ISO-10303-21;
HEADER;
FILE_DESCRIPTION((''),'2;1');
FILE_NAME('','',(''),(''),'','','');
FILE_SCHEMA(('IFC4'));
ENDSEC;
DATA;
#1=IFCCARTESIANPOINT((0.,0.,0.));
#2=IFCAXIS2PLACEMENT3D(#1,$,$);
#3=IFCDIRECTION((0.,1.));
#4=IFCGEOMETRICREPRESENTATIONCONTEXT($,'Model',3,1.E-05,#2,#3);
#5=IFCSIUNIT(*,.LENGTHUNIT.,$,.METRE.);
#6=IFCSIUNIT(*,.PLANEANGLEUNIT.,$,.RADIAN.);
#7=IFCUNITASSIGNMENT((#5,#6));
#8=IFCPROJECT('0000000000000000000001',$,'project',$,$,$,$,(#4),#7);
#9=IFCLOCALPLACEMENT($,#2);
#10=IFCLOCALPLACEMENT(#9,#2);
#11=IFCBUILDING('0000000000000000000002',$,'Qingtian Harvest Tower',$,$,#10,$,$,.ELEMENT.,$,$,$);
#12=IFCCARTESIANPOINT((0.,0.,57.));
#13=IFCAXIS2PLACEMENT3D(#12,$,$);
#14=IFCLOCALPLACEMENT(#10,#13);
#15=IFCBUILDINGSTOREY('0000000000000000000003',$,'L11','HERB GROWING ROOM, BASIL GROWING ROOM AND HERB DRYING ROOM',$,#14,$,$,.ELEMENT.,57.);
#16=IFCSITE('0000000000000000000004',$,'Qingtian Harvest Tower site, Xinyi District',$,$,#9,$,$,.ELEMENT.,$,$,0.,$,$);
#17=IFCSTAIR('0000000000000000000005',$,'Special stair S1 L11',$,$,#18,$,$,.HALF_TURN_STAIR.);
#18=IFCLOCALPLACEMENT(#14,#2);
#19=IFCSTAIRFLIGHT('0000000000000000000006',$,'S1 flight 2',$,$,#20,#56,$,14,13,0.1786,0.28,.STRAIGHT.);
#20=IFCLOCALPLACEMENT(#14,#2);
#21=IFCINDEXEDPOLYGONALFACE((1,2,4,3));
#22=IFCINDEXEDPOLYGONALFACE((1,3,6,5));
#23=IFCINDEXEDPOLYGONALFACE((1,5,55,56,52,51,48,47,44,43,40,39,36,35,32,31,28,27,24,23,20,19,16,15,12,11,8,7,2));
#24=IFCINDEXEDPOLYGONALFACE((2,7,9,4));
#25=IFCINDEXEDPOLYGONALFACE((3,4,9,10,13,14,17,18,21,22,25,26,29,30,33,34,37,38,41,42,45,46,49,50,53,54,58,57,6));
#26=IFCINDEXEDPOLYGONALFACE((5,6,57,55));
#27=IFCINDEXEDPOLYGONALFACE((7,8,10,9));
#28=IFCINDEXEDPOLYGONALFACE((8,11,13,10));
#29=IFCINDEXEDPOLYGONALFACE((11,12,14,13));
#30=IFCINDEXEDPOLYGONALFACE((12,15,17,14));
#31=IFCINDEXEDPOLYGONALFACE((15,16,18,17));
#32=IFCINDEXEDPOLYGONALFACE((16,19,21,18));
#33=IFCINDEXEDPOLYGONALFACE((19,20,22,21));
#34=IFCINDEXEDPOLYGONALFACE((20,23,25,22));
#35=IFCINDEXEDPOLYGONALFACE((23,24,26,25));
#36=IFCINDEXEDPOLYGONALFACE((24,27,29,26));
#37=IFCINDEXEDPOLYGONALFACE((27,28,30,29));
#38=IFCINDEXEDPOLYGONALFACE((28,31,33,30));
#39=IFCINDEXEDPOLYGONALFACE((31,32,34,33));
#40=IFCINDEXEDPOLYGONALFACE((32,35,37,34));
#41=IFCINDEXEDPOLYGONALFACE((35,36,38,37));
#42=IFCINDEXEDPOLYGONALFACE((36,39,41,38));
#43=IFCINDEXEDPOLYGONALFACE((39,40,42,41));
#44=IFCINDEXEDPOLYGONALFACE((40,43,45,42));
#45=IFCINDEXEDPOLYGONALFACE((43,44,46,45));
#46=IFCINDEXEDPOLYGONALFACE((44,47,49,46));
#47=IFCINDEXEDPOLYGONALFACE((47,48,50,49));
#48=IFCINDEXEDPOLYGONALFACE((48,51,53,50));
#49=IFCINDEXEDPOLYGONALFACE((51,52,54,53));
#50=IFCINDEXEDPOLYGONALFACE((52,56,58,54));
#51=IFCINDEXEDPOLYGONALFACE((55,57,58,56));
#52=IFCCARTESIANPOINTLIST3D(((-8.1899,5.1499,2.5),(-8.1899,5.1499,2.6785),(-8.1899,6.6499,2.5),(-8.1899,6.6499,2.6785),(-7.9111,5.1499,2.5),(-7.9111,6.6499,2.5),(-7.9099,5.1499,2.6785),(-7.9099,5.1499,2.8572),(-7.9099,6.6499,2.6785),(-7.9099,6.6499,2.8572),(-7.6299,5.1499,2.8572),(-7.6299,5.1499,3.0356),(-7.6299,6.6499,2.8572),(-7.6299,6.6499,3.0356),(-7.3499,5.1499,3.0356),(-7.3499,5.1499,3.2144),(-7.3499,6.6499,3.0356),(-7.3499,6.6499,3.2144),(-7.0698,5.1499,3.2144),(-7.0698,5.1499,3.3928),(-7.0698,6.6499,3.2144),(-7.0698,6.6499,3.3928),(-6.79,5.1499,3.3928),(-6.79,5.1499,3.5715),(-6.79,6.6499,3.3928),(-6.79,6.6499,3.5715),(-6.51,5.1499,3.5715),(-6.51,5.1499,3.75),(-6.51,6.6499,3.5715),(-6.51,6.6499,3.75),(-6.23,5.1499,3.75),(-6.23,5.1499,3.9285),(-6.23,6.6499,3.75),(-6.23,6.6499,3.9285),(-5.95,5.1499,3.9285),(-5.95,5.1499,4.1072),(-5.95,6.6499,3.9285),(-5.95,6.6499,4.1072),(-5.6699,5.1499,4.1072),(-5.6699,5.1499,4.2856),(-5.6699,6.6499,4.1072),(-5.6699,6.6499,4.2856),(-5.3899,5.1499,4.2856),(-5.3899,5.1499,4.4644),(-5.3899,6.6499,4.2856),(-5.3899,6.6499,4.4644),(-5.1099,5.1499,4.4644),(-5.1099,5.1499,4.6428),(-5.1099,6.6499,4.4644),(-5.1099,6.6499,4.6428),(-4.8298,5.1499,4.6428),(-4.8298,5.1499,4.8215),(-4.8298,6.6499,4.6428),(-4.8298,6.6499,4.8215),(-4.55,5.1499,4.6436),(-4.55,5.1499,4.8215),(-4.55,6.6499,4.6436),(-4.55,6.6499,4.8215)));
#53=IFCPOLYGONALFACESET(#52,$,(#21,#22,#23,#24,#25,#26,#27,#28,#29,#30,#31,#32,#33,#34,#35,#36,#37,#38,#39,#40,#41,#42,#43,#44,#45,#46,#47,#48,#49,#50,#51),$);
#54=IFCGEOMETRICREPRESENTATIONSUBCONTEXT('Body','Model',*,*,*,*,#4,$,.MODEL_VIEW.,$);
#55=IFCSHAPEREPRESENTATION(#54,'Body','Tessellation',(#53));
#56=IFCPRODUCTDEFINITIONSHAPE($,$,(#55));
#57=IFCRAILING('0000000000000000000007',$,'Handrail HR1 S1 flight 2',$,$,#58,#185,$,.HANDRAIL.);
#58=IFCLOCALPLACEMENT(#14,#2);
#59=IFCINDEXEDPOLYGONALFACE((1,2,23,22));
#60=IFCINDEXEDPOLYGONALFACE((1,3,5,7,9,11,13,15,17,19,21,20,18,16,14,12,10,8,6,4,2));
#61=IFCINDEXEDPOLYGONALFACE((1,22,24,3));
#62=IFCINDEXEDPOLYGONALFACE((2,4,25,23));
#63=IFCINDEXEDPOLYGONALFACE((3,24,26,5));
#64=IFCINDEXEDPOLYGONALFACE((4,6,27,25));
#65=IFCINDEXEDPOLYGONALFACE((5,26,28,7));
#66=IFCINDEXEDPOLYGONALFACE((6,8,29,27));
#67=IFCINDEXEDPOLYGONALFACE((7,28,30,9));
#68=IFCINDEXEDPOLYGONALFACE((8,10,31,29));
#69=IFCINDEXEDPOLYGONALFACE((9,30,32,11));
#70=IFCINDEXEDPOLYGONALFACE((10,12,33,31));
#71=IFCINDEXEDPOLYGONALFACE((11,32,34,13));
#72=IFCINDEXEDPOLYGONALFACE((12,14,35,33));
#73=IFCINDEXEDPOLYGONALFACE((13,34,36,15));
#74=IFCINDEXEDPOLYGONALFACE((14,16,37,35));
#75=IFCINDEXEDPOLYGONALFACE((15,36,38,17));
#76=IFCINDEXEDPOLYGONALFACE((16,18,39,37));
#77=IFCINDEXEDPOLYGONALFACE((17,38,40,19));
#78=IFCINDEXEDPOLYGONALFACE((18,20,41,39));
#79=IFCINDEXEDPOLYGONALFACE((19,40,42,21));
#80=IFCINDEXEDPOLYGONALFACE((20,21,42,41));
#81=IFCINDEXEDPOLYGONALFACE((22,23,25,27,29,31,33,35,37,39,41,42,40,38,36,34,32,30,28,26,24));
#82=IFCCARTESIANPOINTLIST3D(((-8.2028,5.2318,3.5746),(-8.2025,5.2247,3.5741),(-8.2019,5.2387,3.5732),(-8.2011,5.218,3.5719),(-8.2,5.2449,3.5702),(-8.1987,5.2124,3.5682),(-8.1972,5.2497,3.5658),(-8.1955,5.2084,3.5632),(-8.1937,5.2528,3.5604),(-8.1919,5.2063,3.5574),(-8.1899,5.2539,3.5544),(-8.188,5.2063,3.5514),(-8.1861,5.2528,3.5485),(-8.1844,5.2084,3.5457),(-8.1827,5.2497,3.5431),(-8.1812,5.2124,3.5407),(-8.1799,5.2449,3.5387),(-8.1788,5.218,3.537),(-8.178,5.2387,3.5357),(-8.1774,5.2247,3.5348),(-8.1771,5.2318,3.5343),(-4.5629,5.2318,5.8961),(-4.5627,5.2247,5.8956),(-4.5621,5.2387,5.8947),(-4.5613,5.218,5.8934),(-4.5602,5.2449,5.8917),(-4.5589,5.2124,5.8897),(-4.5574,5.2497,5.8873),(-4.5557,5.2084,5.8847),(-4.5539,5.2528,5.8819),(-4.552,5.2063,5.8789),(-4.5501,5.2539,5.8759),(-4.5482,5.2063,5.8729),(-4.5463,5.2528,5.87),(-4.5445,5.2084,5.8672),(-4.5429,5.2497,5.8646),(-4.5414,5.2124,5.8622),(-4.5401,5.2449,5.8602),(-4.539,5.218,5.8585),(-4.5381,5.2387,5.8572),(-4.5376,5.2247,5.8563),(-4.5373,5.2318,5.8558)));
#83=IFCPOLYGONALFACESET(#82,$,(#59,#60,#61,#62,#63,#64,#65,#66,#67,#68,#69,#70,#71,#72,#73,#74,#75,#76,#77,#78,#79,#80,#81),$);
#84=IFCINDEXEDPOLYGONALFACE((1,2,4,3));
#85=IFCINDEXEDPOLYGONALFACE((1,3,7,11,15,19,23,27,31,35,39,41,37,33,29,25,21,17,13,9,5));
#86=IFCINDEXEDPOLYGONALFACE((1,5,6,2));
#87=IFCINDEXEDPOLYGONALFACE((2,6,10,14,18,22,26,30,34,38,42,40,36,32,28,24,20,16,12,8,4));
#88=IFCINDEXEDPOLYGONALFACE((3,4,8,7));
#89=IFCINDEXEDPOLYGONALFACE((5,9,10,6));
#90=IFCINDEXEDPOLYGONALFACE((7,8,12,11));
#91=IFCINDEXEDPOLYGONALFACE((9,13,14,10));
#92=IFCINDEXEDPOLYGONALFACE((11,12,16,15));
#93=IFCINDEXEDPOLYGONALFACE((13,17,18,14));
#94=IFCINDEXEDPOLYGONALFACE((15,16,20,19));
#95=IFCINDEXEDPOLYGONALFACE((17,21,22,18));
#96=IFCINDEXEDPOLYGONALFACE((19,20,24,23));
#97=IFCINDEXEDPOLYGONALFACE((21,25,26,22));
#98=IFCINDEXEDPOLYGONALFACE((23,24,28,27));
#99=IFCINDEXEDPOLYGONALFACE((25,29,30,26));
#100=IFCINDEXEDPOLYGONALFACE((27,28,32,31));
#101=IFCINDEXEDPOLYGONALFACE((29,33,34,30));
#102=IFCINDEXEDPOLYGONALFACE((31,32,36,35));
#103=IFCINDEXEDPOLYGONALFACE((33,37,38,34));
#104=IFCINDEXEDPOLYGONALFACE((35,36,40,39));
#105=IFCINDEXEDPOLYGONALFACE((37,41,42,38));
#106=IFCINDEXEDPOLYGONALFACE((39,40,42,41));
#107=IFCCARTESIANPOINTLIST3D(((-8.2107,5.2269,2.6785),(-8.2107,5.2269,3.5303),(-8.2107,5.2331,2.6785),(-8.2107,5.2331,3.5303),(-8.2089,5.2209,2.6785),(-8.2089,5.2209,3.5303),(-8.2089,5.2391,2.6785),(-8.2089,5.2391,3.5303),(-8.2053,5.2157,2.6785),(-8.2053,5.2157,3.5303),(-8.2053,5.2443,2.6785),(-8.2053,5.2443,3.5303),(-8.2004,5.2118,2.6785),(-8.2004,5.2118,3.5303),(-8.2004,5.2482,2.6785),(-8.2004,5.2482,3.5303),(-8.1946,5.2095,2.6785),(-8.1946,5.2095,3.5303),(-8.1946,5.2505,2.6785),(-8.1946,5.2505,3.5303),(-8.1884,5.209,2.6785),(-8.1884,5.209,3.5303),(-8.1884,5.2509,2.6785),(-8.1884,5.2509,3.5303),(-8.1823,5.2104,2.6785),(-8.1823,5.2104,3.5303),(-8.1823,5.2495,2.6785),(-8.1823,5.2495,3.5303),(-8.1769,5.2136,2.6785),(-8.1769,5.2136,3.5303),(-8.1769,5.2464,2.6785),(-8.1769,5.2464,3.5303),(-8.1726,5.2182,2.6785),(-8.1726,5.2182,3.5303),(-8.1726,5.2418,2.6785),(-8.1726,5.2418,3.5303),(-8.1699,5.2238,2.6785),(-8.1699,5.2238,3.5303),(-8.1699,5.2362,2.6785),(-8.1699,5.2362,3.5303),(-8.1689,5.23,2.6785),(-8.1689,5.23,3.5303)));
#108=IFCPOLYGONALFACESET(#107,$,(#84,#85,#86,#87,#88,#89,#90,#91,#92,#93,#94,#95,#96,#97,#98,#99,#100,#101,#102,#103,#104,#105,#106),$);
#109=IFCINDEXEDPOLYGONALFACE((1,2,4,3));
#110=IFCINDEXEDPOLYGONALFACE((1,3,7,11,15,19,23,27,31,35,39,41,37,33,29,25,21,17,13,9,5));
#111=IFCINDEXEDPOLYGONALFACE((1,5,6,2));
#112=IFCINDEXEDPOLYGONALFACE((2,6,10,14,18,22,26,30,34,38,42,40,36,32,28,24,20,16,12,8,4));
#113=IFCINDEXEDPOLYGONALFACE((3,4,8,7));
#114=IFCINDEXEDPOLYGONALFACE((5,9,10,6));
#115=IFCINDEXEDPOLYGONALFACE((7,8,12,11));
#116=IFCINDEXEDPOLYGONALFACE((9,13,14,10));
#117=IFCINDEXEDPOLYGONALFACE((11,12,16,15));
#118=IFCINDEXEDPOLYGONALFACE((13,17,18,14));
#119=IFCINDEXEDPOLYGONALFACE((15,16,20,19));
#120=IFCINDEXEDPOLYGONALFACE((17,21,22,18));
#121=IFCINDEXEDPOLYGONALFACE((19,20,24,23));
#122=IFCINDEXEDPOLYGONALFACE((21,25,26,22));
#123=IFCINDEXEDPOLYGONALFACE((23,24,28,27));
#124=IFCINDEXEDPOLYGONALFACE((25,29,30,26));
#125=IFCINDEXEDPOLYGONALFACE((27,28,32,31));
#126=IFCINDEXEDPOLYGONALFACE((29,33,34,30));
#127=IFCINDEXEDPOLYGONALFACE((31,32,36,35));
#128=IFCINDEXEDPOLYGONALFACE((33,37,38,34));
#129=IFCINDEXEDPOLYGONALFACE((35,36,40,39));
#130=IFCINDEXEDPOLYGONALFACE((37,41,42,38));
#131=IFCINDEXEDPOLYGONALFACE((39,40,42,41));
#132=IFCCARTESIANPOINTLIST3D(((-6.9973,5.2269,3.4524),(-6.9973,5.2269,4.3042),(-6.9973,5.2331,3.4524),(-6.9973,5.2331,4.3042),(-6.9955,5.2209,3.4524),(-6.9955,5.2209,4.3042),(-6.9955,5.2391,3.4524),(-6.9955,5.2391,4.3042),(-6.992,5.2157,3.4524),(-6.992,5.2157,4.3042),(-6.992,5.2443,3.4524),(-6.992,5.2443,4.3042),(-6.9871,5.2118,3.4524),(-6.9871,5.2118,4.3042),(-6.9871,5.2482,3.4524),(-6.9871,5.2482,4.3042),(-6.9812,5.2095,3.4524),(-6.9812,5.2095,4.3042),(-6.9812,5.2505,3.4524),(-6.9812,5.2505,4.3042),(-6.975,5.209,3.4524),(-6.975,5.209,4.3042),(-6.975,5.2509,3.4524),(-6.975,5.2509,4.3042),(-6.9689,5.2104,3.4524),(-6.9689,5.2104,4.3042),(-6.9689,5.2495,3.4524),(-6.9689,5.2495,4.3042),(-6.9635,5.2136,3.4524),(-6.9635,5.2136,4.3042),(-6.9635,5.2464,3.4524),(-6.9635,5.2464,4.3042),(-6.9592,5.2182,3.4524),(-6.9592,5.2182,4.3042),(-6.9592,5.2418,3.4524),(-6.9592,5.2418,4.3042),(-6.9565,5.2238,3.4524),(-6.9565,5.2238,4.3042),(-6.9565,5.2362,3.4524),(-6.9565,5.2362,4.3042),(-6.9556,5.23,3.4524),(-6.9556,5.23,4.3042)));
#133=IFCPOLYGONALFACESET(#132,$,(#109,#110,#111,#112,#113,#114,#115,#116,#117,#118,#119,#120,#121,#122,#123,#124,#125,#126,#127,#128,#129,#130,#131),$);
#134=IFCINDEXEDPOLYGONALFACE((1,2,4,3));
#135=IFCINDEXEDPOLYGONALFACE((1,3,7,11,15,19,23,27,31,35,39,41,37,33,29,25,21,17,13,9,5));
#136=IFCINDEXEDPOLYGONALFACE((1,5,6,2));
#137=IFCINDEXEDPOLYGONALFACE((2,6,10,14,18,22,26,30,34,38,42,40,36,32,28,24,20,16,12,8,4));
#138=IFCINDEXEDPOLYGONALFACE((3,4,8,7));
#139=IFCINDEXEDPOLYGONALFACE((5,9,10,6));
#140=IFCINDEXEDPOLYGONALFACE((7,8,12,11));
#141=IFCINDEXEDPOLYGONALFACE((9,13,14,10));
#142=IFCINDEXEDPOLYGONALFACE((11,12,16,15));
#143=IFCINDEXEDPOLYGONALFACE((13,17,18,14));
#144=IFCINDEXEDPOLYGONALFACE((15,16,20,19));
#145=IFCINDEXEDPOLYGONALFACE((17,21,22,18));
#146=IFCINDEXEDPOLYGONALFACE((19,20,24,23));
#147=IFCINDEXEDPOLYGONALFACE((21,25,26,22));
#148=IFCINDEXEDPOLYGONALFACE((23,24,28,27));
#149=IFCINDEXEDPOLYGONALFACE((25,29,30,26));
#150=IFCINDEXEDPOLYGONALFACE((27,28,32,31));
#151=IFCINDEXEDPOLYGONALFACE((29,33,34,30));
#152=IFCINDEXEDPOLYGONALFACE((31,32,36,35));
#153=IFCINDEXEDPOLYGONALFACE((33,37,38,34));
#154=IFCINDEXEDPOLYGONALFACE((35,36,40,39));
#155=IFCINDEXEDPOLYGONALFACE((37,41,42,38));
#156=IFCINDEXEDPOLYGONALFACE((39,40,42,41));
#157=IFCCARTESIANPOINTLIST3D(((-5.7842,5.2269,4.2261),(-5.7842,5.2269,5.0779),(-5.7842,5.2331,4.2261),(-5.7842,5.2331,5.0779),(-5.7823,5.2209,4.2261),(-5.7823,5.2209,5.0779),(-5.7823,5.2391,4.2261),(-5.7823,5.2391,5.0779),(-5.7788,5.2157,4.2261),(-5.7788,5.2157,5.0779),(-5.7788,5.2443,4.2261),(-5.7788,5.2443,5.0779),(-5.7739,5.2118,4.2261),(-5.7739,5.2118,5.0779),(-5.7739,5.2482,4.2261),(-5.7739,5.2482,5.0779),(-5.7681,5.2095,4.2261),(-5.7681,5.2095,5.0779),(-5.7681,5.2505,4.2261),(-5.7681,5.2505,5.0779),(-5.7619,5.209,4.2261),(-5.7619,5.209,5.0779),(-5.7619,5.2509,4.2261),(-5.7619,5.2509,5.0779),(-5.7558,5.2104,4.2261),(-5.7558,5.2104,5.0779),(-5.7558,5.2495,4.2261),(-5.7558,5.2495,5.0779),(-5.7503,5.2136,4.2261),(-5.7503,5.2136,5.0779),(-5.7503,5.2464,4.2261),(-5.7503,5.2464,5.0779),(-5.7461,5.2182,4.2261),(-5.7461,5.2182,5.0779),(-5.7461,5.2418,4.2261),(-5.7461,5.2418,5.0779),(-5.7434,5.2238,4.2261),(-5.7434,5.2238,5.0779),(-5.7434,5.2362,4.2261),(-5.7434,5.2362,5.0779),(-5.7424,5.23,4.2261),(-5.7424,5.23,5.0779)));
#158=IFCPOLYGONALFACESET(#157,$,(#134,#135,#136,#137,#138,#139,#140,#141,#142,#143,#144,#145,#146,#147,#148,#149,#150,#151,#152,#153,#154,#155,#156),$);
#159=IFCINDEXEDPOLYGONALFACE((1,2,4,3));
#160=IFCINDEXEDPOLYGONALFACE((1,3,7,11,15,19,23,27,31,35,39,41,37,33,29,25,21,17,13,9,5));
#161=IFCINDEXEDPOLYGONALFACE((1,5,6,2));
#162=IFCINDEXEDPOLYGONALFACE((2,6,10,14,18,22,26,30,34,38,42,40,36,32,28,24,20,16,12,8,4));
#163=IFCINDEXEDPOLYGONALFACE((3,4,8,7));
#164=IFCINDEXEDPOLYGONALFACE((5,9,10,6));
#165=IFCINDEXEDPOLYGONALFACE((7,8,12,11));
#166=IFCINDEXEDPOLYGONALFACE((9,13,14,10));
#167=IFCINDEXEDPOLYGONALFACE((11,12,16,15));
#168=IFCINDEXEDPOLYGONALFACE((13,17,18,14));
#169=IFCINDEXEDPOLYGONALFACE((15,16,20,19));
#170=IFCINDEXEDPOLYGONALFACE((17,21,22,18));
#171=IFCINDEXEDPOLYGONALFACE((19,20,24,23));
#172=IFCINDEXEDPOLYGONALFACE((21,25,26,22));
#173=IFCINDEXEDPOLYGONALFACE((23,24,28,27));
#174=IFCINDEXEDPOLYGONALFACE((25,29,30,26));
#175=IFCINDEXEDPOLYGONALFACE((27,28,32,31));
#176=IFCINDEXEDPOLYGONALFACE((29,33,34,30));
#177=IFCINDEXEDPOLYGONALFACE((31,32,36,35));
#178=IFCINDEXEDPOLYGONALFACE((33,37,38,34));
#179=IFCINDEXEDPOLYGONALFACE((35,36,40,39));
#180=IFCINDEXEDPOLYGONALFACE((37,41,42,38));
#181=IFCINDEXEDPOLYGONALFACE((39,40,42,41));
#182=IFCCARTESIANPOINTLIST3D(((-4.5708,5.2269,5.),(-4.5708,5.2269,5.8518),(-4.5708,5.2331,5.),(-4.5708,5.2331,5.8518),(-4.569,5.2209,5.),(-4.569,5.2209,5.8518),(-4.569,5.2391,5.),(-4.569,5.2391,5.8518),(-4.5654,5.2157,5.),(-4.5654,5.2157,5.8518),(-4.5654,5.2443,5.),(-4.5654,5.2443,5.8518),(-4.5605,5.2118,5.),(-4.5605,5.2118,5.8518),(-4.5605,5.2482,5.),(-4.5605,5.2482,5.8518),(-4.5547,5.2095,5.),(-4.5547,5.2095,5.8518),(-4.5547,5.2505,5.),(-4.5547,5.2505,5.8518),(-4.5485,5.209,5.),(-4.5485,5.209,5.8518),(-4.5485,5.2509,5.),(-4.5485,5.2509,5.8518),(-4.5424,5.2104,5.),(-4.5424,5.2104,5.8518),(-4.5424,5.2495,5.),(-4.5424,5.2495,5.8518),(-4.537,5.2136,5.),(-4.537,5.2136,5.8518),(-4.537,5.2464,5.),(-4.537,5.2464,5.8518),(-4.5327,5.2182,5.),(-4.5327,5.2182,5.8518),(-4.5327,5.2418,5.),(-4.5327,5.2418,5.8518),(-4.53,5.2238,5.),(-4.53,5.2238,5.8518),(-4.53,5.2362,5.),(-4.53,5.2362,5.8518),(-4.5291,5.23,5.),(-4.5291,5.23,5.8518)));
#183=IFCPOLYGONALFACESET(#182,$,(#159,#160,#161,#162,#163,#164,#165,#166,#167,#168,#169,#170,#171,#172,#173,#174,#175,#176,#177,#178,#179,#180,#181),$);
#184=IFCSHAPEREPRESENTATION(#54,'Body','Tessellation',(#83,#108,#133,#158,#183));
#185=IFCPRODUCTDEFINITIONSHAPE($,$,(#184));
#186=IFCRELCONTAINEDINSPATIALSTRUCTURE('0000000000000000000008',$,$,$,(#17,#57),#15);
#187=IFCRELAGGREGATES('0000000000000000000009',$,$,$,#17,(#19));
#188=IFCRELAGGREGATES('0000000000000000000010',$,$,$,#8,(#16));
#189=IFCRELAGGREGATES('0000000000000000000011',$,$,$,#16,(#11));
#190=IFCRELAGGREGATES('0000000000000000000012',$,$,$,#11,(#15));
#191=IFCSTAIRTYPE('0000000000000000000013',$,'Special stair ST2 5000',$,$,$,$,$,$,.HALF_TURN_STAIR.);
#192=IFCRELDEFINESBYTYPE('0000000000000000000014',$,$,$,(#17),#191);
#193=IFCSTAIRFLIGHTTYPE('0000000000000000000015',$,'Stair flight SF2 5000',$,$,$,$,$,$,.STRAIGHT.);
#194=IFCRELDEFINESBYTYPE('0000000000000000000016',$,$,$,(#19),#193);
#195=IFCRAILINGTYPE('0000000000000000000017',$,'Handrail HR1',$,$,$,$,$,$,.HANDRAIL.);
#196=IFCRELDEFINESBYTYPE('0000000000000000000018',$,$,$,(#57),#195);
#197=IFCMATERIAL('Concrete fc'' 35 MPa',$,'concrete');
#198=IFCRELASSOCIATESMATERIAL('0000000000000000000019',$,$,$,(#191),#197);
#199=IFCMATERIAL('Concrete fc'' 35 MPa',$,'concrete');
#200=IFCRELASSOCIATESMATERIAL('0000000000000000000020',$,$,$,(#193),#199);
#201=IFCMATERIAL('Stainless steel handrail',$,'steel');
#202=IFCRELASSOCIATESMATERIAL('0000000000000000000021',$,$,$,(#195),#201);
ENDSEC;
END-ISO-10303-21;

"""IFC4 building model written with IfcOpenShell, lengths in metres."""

from ifc_helpers import new_model, si_unit, direction, frame, origin, origin_2d, place, context, subcontext, project, spatial, polyline, circle, outline, extrude, material, type_object, element, aggregate, save


model = new_model("IFC4")

# Units and contexts
model_context = context("Model", 3, precision=1e-05, world=origin(), true_north=direction((0.0, 1.0)))
body_context = subcontext(model_context, "Body", "Model", "MODEL_VIEW")
ifc_project = project(units=[si_unit("LENGTHUNIT", "METRE"), si_unit("PLANEANGLEUNIT", "RADIAN")], contexts=[model_context])

# Site, building, storey
site_placement = place(None, origin())
site = spatial("IfcSite", under=ifc_project, at=site_placement, Name="Qingtian Harvest Tower site, Xinyi District", CompositionType="ELEMENT", RefElevation=0.0)
building_placement = place(site_placement, origin())
building = spatial("IfcBuilding", under=site, at=building_placement, Name="Qingtian Harvest Tower", CompositionType="ELEMENT")
storey_placement = place(building_placement, frame((0.0, 0.0, 57.0)))
storey = spatial("IfcBuildingStorey", under=building, at=storey_placement, Name="L11", Description="HERB GROWING ROOM, BASIL GROWING ROOM AND HERB DRYING ROOM", CompositionType="ELEMENT", Elevation=57.0)

# Stair, stair flight
ifc_material_1 = material(Name="Concrete fc' 35 MPa", Category="concrete")
stair_type = type_object("IfcStairType", Name="Special stair ST2 5000", PredefinedType="HALF_TURN_STAIR", material=ifc_material_1)
stair_placement = place(storey_placement, origin())
stair = element("IfcStair", 1, at=stair_placement, inside=storey, type_object=stair_type, Name="Special stair S1 L11", PredefinedType="HALF_TURN_STAIR")
ifc_material_2 = material(Name="Concrete fc' 35 MPa", Category="concrete")
stair_flight_type = type_object("IfcStairFlightType", Name="Stair flight SF2 5000", PredefinedType="STRAIGHT", material=ifc_material_2)
stair_flight_placement = place(storey_placement, frame((-8.1899, 5.8999, 2.5), z_axis=(0.0, 0.0, 1.0), x_axis=(1.0, 0.0, 0.0)))
stair_flight = element("IfcStairFlight", 2, at=stair_flight_placement, type_object=stair_flight_type, Name="S1 flight 2", NumberOfRisers=14, NumberOfTreads=13, PredefinedType="STRAIGHT", RiserHeight=0.1786, TreadLength=0.28, context=body_context, shape_type="SweptSolid", body=[
    extrude(outline(polyline([(0.0, 0.0), (0.0, 0.1785), (0.28, 0.1785), (0.28, 0.3572), (0.5601, 0.3572), (0.5601, 0.5356), (0.8401, 0.5356), (0.8401, 0.7144), (1.1201, 0.7144), (1.1201, 0.8928), (1.3999, 0.8928), (1.3999, 1.0715), (1.6799, 1.0715), (1.6799, 1.25), (1.96, 1.25), (1.96, 1.4285), (2.24, 1.4285), (2.24, 1.6072), (2.52, 1.6072), (2.52, 1.7856), (2.8, 1.7856), (2.8, 1.9644), (3.0801, 1.9644), (3.0801, 2.1428), (3.3601, 2.1428), (3.3601, 2.3215), (3.6399, 2.3215), (3.6399, 2.5), (3.6399, 2.1436), (0.2788, 0.0), (0.0, 0.0)])), frame((0.0, 0.75, 0.0), z_axis=(0.0, -1.0, 0.0), x_axis=(1.0, 0.0, 0.0)), (0.0, 0.0, 1.0), 1.5),
])
aggregate(stair, [stair_flight])

# Railing
ifc_material_3 = material(Name="Stainless steel handrail", Category="steel")
railing_type = type_object("IfcRailingType", Name="Handrail HR1", PredefinedType="HANDRAIL", material=ifc_material_3)
railing_placement = place(storey_placement, frame((-8.1899, 5.23, 2.6785)))
element("IfcRailing", 3, at=railing_placement, inside=storey, type_object=railing_type, Name="Handrail HR1 S1 flight 2", PredefinedType="HANDRAIL", context=body_context, shape_type="SweptSolid", body=[
    extrude(circle(Radius=0.0239, at=origin_2d()), frame((0.0, 0.0, 0.876), z_axis=(0.843112, 0.0, 0.537739), x_axis=(0.0, 1.0, 0.0)), (0.0, 0.0, 1.0), 4.3171),
    extrude(circle(Radius=0.021, at=origin_2d()), origin(), (0.0, 0.0, 1.0), 0.8518),
    extrude(circle(Radius=0.021, at=origin_2d()), frame((1.2134, 0.0, 0.7739)), (0.0, 0.0, 1.0), 0.8518),
    extrude(circle(Radius=0.021, at=origin_2d()), frame((2.4265, 0.0, 1.5476)), (0.0, 0.0, 1.0), 0.8518),
    extrude(circle(Radius=0.021, at=origin_2d()), frame((3.6399, 0.0, 2.3215)), (0.0, 0.0, 1.0), 0.8518),
])

save(model, "model.ifc")
